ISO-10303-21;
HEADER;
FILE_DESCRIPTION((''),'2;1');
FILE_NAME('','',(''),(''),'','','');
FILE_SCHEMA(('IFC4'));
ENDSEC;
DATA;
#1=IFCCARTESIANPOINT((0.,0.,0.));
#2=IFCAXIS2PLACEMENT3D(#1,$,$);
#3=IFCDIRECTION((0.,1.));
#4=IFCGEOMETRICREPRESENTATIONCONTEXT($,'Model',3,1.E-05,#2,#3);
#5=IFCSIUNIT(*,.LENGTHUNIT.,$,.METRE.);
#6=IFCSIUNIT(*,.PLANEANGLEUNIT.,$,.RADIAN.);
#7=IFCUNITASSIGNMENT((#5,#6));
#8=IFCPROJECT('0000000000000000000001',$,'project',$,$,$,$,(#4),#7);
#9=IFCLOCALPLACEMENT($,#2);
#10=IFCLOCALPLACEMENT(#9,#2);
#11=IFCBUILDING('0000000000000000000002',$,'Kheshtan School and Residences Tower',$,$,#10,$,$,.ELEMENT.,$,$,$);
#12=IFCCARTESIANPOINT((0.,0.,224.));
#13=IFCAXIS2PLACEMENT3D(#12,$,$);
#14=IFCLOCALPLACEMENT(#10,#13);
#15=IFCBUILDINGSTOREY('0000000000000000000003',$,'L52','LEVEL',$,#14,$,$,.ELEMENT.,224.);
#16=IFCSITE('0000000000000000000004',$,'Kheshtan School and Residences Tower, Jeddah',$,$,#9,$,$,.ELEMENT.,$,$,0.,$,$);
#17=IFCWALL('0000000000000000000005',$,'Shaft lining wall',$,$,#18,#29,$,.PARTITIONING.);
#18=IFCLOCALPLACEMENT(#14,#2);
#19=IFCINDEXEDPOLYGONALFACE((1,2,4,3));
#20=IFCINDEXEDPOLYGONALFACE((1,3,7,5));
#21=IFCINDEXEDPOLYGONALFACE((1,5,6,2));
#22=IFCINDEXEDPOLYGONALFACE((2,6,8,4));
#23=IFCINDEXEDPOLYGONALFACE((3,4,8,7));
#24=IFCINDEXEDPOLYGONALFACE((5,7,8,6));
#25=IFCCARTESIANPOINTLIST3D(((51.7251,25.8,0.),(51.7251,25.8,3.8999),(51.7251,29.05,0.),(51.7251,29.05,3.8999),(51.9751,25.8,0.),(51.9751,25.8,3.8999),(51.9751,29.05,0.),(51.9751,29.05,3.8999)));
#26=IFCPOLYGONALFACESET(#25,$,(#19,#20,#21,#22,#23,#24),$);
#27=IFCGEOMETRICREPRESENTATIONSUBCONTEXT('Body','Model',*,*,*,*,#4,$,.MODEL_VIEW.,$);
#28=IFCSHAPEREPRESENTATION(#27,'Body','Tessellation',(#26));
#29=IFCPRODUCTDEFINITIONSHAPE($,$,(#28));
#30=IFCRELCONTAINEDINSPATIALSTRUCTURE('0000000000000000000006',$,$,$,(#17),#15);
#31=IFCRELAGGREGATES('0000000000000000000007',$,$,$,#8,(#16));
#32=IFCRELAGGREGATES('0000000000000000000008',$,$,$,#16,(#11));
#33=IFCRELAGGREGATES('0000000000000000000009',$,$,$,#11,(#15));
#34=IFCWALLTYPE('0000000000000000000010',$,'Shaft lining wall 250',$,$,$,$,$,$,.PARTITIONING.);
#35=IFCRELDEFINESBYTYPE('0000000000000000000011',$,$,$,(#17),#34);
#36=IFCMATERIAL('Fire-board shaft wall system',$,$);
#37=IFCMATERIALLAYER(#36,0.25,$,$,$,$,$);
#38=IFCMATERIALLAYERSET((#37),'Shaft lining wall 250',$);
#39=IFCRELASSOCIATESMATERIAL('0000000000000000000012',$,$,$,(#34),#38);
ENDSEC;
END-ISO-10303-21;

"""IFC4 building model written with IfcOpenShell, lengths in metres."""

from ifc_helpers import new_model, si_unit, direction, frame, frame_2d, origin, place, context, subcontext, project, spatial, rectangle, extrude, material, layer, layer_set, type_object, element, save


model = new_model("IFC4")

# Units and contexts
model_context = context("Model", 3, precision=1e-05, world=origin(), true_north=direction((0.0, 1.0)))
body_context = subcontext(model_context, "Body", "Model", "MODEL_VIEW")
ifc_project = project(units=[si_unit("LENGTHUNIT", "METRE"), si_unit("PLANEANGLEUNIT", "RADIAN")], contexts=[model_context])

# Site, building, storey
site_placement = place(None, origin())
site = spatial("IfcSite", under=ifc_project, at=site_placement, Name="Kheshtan School and Residences Tower, Jeddah", CompositionType="ELEMENT", RefElevation=0.0)
building_placement = place(site_placement, origin())
building = spatial("IfcBuilding", under=site, at=building_placement, Name="Kheshtan School and Residences Tower", CompositionType="ELEMENT")
storey_placement = place(building_placement, frame((0.0, 0.0, 224.0)))
storey = spatial("IfcBuildingStorey", under=building, at=storey_placement, Name="L52", Description="LEVEL", CompositionType="ELEMENT", Elevation=224.0)

# Wall
ifc_material_1 = material(Name="Fire-board shaft wall system")
ifc_layer_1 = layer(ifc_material_1, 0.25)
ifc_layer_set_1 = layer_set([ifc_layer_1], Name="Shaft lining wall 250")
wall_type_1 = type_object("IfcWallType", Name="Shaft lining wall 250", PredefinedType="PARTITIONING", material=ifc_layer_set_1)
for number, where, z_axis, x_axis, name in (
    (1, (51.8501, 25.8, 0.0), (0.0, 0.0, 1.0), (0.0, 1.0, 0.0), "Shaft lining wall"),
):
    element("IfcWall", number, at=place(storey_placement, frame(where, z_axis=z_axis, x_axis=x_axis)), inside=storey, type_object=wall_type_1, Name=name, PredefinedType="PARTITIONING", context=body_context, shape_type="SweptSolid", body=[
        extrude(rectangle(XDim=3.25, YDim=0.25, at=frame_2d((1.625, 0.0))), origin(), (0.0, 0.0, 1.0), 3.8999),
    ])

save(model, "model.ifc")
